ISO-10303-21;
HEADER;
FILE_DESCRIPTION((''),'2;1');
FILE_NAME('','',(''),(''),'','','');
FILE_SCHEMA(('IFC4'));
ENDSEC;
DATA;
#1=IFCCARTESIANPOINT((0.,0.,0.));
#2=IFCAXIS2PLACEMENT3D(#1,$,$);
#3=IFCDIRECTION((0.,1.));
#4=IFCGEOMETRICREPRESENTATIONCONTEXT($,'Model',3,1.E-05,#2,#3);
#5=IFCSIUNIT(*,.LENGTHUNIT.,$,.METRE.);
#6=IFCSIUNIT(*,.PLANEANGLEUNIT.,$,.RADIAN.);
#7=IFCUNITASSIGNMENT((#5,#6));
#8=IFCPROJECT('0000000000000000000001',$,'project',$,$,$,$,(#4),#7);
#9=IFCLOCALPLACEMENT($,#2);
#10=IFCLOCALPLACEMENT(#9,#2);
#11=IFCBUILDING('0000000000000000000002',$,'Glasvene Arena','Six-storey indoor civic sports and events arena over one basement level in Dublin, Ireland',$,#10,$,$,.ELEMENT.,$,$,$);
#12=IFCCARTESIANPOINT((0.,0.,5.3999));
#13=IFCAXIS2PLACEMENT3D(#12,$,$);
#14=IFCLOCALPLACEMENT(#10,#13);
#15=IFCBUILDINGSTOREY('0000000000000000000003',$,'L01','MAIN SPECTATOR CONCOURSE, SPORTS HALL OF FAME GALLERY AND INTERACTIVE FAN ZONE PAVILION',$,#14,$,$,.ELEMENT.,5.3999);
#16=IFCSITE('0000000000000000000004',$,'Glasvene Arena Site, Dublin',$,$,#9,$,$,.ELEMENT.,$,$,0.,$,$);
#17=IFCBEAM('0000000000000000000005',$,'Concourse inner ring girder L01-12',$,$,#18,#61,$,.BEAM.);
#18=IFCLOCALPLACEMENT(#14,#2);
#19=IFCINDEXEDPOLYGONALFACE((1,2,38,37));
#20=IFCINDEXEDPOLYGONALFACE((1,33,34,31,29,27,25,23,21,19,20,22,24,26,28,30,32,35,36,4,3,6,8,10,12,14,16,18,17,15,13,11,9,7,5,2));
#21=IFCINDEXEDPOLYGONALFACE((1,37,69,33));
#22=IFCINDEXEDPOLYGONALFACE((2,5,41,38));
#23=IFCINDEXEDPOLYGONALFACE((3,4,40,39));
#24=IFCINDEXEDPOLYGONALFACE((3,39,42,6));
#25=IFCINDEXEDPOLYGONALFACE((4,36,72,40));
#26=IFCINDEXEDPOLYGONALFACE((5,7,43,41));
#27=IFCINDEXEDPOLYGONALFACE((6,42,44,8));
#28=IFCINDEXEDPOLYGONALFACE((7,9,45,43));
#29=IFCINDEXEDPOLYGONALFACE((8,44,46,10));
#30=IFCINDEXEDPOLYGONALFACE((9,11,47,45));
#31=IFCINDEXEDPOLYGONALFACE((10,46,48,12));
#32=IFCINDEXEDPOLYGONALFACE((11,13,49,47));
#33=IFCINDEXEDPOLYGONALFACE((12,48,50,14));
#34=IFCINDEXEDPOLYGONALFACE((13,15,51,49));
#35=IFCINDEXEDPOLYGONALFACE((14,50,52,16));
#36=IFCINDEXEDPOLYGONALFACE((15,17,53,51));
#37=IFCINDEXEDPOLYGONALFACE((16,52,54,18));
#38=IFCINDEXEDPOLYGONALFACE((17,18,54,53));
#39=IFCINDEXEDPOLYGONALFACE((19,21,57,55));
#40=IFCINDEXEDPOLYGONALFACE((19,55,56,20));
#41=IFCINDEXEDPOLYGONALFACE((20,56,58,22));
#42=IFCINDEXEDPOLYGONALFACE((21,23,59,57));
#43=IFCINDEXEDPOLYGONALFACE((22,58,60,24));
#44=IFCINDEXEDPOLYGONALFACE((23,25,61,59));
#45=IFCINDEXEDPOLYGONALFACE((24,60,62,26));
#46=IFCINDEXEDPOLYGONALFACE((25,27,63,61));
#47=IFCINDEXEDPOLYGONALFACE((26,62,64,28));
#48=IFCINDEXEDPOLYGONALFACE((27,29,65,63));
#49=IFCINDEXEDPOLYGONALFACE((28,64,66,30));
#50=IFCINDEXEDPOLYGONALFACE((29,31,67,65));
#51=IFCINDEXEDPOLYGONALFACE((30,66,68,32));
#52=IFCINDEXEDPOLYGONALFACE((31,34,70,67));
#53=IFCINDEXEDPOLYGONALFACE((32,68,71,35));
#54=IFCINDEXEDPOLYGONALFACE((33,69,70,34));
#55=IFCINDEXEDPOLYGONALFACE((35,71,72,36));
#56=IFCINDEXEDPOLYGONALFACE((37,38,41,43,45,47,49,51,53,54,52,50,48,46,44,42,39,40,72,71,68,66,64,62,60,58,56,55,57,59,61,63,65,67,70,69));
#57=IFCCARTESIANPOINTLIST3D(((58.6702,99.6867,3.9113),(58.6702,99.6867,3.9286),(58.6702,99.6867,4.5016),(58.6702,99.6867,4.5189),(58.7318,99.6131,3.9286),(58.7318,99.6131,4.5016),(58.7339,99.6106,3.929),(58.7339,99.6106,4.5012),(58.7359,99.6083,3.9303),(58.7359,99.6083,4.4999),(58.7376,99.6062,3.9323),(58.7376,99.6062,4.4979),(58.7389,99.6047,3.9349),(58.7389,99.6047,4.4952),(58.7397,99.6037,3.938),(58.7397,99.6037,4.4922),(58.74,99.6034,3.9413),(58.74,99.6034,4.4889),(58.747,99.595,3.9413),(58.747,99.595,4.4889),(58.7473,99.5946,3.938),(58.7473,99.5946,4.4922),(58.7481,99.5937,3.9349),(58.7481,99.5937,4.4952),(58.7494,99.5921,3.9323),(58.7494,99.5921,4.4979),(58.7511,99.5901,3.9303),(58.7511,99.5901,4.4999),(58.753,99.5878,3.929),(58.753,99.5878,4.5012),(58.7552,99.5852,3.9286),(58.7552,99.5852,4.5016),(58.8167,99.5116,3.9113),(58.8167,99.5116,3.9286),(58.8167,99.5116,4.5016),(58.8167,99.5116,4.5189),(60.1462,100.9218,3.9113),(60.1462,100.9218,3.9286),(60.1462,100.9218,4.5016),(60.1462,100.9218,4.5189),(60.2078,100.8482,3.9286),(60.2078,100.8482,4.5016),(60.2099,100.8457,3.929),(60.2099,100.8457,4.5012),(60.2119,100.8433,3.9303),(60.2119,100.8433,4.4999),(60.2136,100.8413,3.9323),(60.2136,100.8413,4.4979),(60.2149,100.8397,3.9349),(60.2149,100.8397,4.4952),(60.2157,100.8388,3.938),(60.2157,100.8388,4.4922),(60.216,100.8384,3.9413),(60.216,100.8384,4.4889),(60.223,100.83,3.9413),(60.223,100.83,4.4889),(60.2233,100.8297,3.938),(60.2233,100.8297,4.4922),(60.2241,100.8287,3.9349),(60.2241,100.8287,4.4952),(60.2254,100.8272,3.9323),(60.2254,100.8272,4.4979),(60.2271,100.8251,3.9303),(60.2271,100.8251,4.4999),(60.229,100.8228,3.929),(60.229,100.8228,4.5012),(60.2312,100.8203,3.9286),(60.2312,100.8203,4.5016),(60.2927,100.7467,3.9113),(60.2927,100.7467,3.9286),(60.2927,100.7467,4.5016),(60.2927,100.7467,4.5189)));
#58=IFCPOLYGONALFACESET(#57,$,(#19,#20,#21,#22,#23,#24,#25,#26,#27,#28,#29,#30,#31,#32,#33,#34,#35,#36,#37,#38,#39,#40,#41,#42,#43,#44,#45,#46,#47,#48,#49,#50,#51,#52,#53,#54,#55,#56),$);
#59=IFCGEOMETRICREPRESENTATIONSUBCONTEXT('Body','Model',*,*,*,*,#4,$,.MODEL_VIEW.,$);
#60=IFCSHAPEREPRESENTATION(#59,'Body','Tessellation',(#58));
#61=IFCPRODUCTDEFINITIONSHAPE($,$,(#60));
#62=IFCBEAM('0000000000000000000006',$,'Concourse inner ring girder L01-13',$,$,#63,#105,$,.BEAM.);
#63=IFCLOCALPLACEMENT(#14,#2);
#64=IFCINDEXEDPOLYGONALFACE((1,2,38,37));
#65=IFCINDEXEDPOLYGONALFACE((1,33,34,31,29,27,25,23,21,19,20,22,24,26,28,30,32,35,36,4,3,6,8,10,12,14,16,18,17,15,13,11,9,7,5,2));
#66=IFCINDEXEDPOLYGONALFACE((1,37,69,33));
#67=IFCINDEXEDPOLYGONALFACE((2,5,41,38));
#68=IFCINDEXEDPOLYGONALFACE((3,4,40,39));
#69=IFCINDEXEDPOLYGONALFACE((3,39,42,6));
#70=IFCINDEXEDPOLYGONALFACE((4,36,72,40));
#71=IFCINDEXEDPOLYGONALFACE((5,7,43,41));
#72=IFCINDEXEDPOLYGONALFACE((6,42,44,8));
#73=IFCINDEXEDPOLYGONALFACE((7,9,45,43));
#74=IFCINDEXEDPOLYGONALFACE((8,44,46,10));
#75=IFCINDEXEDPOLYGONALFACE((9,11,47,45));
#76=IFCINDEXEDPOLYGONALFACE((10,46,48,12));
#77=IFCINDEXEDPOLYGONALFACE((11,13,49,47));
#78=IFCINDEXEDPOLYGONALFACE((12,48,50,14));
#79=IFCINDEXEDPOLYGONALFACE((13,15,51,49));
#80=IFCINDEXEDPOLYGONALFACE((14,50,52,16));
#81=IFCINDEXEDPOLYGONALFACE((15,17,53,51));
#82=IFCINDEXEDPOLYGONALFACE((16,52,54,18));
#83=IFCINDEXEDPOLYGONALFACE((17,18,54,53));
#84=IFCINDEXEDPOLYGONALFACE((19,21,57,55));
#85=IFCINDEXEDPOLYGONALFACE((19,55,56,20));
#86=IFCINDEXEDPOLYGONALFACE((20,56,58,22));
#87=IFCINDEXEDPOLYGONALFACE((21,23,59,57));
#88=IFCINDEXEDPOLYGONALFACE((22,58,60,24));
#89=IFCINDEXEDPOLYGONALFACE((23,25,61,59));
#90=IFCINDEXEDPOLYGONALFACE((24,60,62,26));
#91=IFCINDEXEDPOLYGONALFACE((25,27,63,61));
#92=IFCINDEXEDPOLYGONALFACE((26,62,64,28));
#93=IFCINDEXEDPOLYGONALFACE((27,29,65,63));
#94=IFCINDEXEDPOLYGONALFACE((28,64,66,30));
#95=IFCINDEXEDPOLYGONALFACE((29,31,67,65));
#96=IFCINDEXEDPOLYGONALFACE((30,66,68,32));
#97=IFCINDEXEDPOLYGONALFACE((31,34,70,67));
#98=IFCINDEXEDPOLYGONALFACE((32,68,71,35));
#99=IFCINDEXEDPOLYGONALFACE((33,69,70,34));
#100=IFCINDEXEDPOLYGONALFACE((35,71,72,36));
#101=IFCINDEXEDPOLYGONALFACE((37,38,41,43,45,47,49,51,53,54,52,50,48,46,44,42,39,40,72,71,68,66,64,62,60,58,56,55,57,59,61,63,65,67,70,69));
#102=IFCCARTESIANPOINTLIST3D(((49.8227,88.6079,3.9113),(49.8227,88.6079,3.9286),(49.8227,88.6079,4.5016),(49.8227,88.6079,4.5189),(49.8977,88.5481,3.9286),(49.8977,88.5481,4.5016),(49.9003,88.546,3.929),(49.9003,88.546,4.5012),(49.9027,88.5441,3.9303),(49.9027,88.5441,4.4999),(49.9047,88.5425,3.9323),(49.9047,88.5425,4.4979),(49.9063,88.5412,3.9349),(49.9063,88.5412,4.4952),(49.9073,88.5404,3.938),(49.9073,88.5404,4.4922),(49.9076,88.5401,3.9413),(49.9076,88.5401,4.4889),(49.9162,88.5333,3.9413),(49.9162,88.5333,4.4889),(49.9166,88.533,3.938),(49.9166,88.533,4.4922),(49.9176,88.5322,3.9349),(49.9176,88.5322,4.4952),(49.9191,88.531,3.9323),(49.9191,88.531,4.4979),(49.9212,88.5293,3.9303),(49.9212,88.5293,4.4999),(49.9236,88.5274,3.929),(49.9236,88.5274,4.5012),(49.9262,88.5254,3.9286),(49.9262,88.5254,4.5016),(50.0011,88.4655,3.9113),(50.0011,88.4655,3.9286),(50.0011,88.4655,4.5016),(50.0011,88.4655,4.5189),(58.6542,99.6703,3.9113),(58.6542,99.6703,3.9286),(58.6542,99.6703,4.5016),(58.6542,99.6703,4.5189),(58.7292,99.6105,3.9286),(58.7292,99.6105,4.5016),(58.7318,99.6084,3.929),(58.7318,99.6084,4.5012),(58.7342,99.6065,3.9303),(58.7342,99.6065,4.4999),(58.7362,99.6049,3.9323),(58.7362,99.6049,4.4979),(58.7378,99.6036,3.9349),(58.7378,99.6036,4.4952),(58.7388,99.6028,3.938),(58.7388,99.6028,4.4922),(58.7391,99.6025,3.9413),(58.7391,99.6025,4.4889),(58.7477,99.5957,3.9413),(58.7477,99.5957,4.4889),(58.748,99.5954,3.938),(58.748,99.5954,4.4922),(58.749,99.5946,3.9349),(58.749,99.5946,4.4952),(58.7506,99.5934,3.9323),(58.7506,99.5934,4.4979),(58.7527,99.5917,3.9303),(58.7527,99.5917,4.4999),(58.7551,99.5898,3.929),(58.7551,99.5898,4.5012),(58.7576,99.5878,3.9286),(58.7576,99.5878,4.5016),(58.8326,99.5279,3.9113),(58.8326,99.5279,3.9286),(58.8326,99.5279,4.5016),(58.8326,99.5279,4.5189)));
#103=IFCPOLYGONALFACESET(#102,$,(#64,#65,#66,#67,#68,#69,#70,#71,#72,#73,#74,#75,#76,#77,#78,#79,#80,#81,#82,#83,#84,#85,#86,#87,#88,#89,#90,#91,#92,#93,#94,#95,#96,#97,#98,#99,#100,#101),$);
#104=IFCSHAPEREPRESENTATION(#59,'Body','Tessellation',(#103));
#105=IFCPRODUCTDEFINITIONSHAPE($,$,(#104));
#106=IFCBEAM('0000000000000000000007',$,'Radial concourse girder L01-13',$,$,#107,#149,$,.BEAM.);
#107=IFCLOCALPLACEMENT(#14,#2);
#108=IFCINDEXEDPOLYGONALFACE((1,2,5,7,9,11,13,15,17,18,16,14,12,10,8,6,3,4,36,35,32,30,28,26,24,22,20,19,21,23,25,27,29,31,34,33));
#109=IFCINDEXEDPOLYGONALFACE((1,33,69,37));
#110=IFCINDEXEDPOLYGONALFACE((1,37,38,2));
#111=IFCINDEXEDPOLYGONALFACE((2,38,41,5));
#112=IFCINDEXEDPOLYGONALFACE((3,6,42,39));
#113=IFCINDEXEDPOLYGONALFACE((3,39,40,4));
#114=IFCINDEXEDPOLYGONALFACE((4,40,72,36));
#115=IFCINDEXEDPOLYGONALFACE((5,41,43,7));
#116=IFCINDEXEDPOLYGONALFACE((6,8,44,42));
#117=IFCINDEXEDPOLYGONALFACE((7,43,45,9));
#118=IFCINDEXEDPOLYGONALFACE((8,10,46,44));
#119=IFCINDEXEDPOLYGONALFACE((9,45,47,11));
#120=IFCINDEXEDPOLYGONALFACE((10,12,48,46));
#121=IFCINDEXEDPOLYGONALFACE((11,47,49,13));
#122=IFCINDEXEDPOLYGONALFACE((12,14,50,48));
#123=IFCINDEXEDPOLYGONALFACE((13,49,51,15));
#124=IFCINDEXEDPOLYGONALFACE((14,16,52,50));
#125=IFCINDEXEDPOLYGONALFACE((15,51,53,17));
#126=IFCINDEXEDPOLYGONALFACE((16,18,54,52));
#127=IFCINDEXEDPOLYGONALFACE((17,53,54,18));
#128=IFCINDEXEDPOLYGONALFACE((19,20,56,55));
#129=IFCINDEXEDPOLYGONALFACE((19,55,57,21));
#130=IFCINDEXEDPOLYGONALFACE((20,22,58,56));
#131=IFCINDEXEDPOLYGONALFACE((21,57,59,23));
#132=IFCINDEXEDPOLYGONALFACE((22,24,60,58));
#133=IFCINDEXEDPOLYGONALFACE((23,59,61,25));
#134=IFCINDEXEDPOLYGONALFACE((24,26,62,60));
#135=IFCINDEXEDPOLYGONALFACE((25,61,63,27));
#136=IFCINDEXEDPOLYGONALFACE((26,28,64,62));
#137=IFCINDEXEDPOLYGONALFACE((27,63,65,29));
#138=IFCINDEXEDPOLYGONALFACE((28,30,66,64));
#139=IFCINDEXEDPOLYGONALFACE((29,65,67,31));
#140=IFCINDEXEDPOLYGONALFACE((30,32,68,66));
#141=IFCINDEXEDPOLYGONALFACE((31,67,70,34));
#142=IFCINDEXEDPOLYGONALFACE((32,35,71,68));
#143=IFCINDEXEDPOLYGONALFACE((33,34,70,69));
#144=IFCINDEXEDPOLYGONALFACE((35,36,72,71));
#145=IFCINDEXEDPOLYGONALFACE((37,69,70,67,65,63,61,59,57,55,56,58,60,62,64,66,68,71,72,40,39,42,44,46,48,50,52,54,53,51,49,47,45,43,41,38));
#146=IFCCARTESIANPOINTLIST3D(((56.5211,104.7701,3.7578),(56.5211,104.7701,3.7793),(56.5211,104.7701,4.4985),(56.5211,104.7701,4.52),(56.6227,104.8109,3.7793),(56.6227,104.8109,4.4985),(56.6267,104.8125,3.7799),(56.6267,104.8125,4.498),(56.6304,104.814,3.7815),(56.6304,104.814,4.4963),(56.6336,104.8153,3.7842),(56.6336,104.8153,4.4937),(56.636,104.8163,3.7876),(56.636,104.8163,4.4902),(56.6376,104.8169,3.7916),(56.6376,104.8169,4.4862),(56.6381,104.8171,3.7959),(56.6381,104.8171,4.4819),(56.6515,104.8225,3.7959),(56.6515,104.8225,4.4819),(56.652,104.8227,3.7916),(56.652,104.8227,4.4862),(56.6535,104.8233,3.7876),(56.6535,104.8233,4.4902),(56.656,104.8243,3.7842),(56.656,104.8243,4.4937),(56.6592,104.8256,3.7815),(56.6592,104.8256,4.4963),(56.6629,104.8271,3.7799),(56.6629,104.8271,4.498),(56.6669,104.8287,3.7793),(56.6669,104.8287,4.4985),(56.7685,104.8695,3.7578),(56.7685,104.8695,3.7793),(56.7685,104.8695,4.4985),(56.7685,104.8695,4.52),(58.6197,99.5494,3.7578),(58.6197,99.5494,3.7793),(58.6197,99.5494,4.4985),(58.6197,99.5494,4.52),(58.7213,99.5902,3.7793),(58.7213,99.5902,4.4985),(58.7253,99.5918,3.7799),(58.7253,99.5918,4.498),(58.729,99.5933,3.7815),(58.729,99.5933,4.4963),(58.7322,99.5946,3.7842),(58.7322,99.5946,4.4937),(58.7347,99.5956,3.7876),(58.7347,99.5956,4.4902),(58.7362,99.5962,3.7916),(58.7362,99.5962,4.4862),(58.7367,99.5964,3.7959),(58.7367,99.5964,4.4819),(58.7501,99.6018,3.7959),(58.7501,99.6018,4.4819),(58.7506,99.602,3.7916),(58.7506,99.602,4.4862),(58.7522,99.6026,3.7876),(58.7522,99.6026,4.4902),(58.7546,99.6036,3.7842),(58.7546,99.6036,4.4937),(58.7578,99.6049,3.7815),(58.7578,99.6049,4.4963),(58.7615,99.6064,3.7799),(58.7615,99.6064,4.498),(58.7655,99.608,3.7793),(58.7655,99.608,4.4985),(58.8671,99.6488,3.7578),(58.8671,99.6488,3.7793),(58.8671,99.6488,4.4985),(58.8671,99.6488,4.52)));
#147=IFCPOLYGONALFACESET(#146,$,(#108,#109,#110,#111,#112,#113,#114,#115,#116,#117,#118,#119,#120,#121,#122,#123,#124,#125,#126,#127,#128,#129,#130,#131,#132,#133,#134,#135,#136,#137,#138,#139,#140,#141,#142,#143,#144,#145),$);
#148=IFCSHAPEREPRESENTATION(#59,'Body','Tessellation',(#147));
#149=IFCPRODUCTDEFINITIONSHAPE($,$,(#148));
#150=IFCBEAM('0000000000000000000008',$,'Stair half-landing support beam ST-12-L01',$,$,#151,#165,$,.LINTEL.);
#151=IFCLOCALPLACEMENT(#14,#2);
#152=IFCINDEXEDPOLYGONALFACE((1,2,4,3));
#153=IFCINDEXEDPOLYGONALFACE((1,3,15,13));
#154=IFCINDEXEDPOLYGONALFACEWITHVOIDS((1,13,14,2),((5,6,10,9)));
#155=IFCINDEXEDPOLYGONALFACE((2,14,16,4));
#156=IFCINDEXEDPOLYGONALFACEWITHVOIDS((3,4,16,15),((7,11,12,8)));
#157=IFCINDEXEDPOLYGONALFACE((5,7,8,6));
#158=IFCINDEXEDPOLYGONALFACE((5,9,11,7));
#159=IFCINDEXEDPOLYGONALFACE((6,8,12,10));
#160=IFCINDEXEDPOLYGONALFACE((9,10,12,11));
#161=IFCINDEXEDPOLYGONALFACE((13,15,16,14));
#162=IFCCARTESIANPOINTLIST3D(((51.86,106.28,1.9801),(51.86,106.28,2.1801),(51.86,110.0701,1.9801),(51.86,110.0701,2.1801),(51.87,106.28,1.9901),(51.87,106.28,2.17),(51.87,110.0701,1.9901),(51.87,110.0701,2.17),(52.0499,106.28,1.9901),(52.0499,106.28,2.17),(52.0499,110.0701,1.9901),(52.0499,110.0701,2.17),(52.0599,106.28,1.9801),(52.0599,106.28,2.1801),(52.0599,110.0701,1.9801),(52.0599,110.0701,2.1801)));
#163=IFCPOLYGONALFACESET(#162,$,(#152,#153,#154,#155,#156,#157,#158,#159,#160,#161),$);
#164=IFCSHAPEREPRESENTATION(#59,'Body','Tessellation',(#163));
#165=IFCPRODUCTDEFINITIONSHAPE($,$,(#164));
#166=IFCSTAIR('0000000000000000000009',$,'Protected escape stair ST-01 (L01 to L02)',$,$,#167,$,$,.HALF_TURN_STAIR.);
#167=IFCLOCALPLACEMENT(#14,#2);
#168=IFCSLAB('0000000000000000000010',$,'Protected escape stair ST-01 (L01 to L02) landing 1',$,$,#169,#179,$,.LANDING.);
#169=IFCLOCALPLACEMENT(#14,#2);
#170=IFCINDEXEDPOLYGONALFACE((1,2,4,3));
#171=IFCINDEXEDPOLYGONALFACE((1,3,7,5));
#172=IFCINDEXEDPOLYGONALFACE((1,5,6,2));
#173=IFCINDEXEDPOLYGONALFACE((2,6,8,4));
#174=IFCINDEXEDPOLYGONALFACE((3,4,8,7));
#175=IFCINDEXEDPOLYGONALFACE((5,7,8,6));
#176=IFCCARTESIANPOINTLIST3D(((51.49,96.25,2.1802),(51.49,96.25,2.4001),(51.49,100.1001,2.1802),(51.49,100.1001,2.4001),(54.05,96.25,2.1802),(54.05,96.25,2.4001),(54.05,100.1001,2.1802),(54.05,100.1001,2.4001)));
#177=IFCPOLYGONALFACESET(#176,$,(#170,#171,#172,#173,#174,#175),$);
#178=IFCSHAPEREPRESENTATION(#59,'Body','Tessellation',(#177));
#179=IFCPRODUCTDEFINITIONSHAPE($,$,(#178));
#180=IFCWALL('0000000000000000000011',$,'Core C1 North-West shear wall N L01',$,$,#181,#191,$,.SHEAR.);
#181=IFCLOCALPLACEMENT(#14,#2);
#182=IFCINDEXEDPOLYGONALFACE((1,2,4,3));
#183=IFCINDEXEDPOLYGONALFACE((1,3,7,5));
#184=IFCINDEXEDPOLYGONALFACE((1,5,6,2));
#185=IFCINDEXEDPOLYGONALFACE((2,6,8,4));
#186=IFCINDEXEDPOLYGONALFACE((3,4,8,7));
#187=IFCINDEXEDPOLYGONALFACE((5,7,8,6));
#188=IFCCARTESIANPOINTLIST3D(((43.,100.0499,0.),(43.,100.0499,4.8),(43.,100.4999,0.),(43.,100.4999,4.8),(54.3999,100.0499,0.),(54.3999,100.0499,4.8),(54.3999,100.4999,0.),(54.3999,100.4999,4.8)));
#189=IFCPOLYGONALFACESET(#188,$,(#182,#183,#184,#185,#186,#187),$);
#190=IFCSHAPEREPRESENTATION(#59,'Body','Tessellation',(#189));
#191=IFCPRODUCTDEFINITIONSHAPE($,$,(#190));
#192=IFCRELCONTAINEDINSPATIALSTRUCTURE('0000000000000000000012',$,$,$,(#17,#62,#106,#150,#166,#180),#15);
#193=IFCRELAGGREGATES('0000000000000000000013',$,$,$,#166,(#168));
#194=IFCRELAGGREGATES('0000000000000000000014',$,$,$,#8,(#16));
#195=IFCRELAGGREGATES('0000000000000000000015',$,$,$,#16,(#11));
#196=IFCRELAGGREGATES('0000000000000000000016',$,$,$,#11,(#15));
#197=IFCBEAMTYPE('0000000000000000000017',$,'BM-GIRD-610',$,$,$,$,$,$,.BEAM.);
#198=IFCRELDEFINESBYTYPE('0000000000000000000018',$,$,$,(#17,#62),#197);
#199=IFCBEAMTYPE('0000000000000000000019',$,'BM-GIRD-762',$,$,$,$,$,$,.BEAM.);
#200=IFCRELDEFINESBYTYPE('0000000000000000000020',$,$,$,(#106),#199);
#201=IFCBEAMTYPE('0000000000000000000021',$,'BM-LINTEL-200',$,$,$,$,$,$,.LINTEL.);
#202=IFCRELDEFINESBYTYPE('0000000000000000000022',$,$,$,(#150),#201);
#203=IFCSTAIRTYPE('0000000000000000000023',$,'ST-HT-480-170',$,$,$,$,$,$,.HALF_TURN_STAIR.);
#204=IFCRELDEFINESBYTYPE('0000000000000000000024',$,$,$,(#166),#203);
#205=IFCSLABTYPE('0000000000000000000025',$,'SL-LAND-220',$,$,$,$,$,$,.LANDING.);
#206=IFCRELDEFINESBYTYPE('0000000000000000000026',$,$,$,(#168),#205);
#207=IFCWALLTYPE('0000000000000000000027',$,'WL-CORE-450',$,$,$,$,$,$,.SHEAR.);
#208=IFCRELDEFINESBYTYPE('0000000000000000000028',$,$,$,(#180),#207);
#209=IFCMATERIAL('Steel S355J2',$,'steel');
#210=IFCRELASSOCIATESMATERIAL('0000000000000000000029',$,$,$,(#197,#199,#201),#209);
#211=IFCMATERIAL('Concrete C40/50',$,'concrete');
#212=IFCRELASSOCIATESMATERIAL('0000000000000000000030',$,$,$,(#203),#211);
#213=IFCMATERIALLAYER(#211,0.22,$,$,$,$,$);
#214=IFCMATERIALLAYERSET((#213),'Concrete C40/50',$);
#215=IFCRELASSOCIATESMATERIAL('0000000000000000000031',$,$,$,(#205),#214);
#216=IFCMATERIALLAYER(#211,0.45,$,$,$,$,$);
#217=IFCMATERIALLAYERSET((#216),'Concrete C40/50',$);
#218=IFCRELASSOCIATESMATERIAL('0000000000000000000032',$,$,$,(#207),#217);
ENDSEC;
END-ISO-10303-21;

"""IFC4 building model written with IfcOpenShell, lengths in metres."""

from ifc_helpers import new_model, si_unit, direction, frame, frame_2d, origin, origin_2d, place, context, subcontext, project, spatial, polyline, rectangle, hollow_rectangle, i_section, outline, extrude, material, layer, layer_set, material_profile, profile_set, type_object, element, aggregate, save


model = new_model("IFC4")

# Units and contexts
model_context = context("Model", 3, precision=1e-05, world=origin(), true_north=direction((0.0, 1.0)))
body_context = subcontext(model_context, "Body", "Model", "MODEL_VIEW")
ifc_project = project(units=[si_unit("LENGTHUNIT", "METRE"), si_unit("PLANEANGLEUNIT", "RADIAN")], contexts=[model_context])

# Site, building, storey
site_placement = place(None, origin())
site = spatial("IfcSite", under=ifc_project, at=site_placement, Name="Glasvene Arena Site, Dublin", CompositionType="ELEMENT", RefElevation=0.0)
building_placement = place(site_placement, origin())
building = spatial("IfcBuilding", under=site, at=building_placement, Name="Glasvene Arena", Description="Six-storey indoor civic sports and events arena over one basement level in Dublin, Ireland", CompositionType="ELEMENT")
storey_placement = place(building_placement, frame((0.0, 0.0, 5.3999)))
storey = spatial("IfcBuildingStorey", under=building, at=storey_placement, Name="L01", Description="MAIN SPECTATOR CONCOURSE, SPORTS HALL OF FAME GALLERY AND INTERACTIVE FAN ZONE PAVILION", CompositionType="ELEMENT", Elevation=5.3999)

# Shared definitions
ifc_material_1 = material(Name="Steel S355J2", Category="steel")

# Beams
ifc_material_profile_1 = material_profile(ifc_material_1, i_section(OverallWidth=0.2283, OverallDepth=0.6077, WebThickness=0.011, FlangeThickness=0.0173, FilletRadius=0.0127, at=origin_2d()), Name="UKB 610x229x113")
ifc_profile_set_1 = profile_set([ifc_material_profile_1], Name="Steel S355J2")
beam_type_1 = type_object("IfcBeamType", Name="BM-GIRD-610", PredefinedType="BEAM", material=ifc_profile_set_1)
beam_1_placement = place(storey_placement, frame((60.2195, 100.8342, 4.2151), z_axis=(-0.76693, -0.64173, 0.0), x_axis=(0.64173, -0.76693, 0.0)))
element("IfcBeam", 1, at=beam_1_placement, inside=storey, type_object=beam_type_1, Name="Concourse inner ring girder L01-12", PredefinedType="BEAM", context=body_context, shape_type="SweptSolid", body=[
    extrude(i_section(OverallWidth=0.2283, OverallDepth=0.6077, WebThickness=0.011, FlangeThickness=0.0173, FilletRadius=0.0127, at=origin_2d()), origin(), (0.0, 0.0, 1.0), 1.9246),
])
beam_2_placement = place(storey_placement, frame((58.7434, 99.5991, 4.2151), z_axis=(-0.6239, -0.781504, 0.0), x_axis=(0.781504, -0.6239, 0.0)))
element("IfcBeam", 2, at=beam_2_placement, inside=storey, type_object=beam_type_1, Name="Concourse inner ring girder L01-13", PredefinedType="BEAM", context=body_context, shape_type="SweptSolid", body=[
    extrude(i_section(OverallWidth=0.2283, OverallDepth=0.6077, WebThickness=0.011, FlangeThickness=0.0173, FilletRadius=0.0127, at=origin_2d()), origin(), (0.0, 0.0, 1.0), 14.1553),
])
ifc_material_profile_2 = material_profile(ifc_material_1, i_section(OverallWidth=0.2666, OverallDepth=0.7622, WebThickness=0.0144, FlangeThickness=0.0215, FilletRadius=0.0166, at=origin_2d()), Name="UKB 762x267x173")
ifc_profile_set_2 = profile_set([ifc_material_profile_2], Name="Steel S355J2")
beam_type_2 = type_object("IfcBeamType", Name="BM-GIRD-762", PredefinedType="BEAM", material=ifc_profile_set_2)
beam_3_placement = place(storey_placement, frame((58.7434, 99.5991, 4.1389), z_axis=(-0.372976, 0.927841, 0.0), x_axis=(-0.927841, -0.372976, 0.0)))
element("IfcBeam", 3, at=beam_3_placement, inside=storey, type_object=beam_type_2, Name="Radial concourse girder L01-13", PredefinedType="BEAM", context=body_context, shape_type="SweptSolid", body=[
    extrude(i_section(OverallWidth=0.2666, OverallDepth=0.7622, WebThickness=0.0144, FlangeThickness=0.0215, FilletRadius=0.0166, at=origin_2d()), origin(), (0.0, 0.0, 1.0), 5.6267),
])
ifc_material_profile_3 = material_profile(ifc_material_1, hollow_rectangle(XDim=0.2, YDim=0.2, WallThickness=0.01, at=origin_2d()), Name="SHS 200x200x10.0")
ifc_profile_set_3 = profile_set([ifc_material_profile_3], Name="Steel S355J2")
beam_type_3 = type_object("IfcBeamType", Name="BM-LINTEL-200", PredefinedType="LINTEL", material=ifc_profile_set_3)
beam_4_placement = place(storey_placement, frame((51.96, 106.28, 2.0801), z_axis=(0.0, 1.0, 0.0), x_axis=(-1.0, 0.0, 0.0)))
element("IfcBeam", 4, at=beam_4_placement, inside=storey, type_object=beam_type_3, Name="Stair half-landing support beam ST-12-L01", PredefinedType="LINTEL", context=body_context, shape_type="SweptSolid", body=[
    extrude(hollow_rectangle(XDim=0.2, YDim=0.2, WallThickness=0.01, at=origin_2d()), origin(), (0.0, 0.0, 1.0), 3.79),
])

# Stair, slab
ifc_material_2 = material(Name="Concrete C40/50", Category="concrete")
stair_type = type_object("IfcStairType", Name="ST-HT-480-170", PredefinedType="HALF_TURN_STAIR", material=ifc_material_2)
stair_placement = place(storey_placement, origin())
stair = element("IfcStair", 5, at=stair_placement, inside=storey, type_object=stair_type, Name="Protected escape stair ST-01 (L01 to L02)", PredefinedType="HALF_TURN_STAIR")
ifc_layer_1 = layer(ifc_material_2, 0.22)
ifc_layer_set_1 = layer_set([ifc_layer_1], Name="Concrete C40/50")
slab_type = type_object("IfcSlabType", Name="SL-LAND-220", PredefinedType="LANDING", material=ifc_layer_set_1)
slab_placement = place(storey_placement, frame((52.77, 98.175, 2.1802)))
slab = element("IfcSlab", 6, at=slab_placement, type_object=slab_type, Name="Protected escape stair ST-01 (L01 to L02) landing 1", PredefinedType="LANDING", context=body_context, shape_type="SweptSolid", body=[
    extrude(outline(polyline([(-1.28, -1.925), (1.28, -1.925), (1.28, 1.925), (-1.28, 1.925), (-1.28, -1.925)])), origin(), (0.0, 0.0, 1.0), 0.22),
])

# Wall
ifc_layer_2 = layer(ifc_material_2, 0.45)
ifc_layer_set_2 = layer_set([ifc_layer_2], Name="Concrete C40/50")
wall_type_1 = type_object("IfcWallType", Name="WL-CORE-450", PredefinedType="SHEAR", material=ifc_layer_set_2)
wall_1_placement = place(storey_placement, frame((43.0, 100.2749, 0.0), z_axis=(0.0, 0.0, 1.0), x_axis=(1.0, 0.0, 0.0)))
element("IfcWall", 7, at=wall_1_placement, inside=storey, type_object=wall_type_1, Name="Core C1 North-West shear wall N L01", PredefinedType="SHEAR", context=body_context, shape_type="SweptSolid", body=[
    extrude(rectangle(XDim=11.3999, YDim=0.45, at=frame_2d((5.7, 0.0))), origin(), (0.0, 0.0, 1.0), 4.8),
])

aggregate(stair, [slab])

save(model, "model.ifc")
